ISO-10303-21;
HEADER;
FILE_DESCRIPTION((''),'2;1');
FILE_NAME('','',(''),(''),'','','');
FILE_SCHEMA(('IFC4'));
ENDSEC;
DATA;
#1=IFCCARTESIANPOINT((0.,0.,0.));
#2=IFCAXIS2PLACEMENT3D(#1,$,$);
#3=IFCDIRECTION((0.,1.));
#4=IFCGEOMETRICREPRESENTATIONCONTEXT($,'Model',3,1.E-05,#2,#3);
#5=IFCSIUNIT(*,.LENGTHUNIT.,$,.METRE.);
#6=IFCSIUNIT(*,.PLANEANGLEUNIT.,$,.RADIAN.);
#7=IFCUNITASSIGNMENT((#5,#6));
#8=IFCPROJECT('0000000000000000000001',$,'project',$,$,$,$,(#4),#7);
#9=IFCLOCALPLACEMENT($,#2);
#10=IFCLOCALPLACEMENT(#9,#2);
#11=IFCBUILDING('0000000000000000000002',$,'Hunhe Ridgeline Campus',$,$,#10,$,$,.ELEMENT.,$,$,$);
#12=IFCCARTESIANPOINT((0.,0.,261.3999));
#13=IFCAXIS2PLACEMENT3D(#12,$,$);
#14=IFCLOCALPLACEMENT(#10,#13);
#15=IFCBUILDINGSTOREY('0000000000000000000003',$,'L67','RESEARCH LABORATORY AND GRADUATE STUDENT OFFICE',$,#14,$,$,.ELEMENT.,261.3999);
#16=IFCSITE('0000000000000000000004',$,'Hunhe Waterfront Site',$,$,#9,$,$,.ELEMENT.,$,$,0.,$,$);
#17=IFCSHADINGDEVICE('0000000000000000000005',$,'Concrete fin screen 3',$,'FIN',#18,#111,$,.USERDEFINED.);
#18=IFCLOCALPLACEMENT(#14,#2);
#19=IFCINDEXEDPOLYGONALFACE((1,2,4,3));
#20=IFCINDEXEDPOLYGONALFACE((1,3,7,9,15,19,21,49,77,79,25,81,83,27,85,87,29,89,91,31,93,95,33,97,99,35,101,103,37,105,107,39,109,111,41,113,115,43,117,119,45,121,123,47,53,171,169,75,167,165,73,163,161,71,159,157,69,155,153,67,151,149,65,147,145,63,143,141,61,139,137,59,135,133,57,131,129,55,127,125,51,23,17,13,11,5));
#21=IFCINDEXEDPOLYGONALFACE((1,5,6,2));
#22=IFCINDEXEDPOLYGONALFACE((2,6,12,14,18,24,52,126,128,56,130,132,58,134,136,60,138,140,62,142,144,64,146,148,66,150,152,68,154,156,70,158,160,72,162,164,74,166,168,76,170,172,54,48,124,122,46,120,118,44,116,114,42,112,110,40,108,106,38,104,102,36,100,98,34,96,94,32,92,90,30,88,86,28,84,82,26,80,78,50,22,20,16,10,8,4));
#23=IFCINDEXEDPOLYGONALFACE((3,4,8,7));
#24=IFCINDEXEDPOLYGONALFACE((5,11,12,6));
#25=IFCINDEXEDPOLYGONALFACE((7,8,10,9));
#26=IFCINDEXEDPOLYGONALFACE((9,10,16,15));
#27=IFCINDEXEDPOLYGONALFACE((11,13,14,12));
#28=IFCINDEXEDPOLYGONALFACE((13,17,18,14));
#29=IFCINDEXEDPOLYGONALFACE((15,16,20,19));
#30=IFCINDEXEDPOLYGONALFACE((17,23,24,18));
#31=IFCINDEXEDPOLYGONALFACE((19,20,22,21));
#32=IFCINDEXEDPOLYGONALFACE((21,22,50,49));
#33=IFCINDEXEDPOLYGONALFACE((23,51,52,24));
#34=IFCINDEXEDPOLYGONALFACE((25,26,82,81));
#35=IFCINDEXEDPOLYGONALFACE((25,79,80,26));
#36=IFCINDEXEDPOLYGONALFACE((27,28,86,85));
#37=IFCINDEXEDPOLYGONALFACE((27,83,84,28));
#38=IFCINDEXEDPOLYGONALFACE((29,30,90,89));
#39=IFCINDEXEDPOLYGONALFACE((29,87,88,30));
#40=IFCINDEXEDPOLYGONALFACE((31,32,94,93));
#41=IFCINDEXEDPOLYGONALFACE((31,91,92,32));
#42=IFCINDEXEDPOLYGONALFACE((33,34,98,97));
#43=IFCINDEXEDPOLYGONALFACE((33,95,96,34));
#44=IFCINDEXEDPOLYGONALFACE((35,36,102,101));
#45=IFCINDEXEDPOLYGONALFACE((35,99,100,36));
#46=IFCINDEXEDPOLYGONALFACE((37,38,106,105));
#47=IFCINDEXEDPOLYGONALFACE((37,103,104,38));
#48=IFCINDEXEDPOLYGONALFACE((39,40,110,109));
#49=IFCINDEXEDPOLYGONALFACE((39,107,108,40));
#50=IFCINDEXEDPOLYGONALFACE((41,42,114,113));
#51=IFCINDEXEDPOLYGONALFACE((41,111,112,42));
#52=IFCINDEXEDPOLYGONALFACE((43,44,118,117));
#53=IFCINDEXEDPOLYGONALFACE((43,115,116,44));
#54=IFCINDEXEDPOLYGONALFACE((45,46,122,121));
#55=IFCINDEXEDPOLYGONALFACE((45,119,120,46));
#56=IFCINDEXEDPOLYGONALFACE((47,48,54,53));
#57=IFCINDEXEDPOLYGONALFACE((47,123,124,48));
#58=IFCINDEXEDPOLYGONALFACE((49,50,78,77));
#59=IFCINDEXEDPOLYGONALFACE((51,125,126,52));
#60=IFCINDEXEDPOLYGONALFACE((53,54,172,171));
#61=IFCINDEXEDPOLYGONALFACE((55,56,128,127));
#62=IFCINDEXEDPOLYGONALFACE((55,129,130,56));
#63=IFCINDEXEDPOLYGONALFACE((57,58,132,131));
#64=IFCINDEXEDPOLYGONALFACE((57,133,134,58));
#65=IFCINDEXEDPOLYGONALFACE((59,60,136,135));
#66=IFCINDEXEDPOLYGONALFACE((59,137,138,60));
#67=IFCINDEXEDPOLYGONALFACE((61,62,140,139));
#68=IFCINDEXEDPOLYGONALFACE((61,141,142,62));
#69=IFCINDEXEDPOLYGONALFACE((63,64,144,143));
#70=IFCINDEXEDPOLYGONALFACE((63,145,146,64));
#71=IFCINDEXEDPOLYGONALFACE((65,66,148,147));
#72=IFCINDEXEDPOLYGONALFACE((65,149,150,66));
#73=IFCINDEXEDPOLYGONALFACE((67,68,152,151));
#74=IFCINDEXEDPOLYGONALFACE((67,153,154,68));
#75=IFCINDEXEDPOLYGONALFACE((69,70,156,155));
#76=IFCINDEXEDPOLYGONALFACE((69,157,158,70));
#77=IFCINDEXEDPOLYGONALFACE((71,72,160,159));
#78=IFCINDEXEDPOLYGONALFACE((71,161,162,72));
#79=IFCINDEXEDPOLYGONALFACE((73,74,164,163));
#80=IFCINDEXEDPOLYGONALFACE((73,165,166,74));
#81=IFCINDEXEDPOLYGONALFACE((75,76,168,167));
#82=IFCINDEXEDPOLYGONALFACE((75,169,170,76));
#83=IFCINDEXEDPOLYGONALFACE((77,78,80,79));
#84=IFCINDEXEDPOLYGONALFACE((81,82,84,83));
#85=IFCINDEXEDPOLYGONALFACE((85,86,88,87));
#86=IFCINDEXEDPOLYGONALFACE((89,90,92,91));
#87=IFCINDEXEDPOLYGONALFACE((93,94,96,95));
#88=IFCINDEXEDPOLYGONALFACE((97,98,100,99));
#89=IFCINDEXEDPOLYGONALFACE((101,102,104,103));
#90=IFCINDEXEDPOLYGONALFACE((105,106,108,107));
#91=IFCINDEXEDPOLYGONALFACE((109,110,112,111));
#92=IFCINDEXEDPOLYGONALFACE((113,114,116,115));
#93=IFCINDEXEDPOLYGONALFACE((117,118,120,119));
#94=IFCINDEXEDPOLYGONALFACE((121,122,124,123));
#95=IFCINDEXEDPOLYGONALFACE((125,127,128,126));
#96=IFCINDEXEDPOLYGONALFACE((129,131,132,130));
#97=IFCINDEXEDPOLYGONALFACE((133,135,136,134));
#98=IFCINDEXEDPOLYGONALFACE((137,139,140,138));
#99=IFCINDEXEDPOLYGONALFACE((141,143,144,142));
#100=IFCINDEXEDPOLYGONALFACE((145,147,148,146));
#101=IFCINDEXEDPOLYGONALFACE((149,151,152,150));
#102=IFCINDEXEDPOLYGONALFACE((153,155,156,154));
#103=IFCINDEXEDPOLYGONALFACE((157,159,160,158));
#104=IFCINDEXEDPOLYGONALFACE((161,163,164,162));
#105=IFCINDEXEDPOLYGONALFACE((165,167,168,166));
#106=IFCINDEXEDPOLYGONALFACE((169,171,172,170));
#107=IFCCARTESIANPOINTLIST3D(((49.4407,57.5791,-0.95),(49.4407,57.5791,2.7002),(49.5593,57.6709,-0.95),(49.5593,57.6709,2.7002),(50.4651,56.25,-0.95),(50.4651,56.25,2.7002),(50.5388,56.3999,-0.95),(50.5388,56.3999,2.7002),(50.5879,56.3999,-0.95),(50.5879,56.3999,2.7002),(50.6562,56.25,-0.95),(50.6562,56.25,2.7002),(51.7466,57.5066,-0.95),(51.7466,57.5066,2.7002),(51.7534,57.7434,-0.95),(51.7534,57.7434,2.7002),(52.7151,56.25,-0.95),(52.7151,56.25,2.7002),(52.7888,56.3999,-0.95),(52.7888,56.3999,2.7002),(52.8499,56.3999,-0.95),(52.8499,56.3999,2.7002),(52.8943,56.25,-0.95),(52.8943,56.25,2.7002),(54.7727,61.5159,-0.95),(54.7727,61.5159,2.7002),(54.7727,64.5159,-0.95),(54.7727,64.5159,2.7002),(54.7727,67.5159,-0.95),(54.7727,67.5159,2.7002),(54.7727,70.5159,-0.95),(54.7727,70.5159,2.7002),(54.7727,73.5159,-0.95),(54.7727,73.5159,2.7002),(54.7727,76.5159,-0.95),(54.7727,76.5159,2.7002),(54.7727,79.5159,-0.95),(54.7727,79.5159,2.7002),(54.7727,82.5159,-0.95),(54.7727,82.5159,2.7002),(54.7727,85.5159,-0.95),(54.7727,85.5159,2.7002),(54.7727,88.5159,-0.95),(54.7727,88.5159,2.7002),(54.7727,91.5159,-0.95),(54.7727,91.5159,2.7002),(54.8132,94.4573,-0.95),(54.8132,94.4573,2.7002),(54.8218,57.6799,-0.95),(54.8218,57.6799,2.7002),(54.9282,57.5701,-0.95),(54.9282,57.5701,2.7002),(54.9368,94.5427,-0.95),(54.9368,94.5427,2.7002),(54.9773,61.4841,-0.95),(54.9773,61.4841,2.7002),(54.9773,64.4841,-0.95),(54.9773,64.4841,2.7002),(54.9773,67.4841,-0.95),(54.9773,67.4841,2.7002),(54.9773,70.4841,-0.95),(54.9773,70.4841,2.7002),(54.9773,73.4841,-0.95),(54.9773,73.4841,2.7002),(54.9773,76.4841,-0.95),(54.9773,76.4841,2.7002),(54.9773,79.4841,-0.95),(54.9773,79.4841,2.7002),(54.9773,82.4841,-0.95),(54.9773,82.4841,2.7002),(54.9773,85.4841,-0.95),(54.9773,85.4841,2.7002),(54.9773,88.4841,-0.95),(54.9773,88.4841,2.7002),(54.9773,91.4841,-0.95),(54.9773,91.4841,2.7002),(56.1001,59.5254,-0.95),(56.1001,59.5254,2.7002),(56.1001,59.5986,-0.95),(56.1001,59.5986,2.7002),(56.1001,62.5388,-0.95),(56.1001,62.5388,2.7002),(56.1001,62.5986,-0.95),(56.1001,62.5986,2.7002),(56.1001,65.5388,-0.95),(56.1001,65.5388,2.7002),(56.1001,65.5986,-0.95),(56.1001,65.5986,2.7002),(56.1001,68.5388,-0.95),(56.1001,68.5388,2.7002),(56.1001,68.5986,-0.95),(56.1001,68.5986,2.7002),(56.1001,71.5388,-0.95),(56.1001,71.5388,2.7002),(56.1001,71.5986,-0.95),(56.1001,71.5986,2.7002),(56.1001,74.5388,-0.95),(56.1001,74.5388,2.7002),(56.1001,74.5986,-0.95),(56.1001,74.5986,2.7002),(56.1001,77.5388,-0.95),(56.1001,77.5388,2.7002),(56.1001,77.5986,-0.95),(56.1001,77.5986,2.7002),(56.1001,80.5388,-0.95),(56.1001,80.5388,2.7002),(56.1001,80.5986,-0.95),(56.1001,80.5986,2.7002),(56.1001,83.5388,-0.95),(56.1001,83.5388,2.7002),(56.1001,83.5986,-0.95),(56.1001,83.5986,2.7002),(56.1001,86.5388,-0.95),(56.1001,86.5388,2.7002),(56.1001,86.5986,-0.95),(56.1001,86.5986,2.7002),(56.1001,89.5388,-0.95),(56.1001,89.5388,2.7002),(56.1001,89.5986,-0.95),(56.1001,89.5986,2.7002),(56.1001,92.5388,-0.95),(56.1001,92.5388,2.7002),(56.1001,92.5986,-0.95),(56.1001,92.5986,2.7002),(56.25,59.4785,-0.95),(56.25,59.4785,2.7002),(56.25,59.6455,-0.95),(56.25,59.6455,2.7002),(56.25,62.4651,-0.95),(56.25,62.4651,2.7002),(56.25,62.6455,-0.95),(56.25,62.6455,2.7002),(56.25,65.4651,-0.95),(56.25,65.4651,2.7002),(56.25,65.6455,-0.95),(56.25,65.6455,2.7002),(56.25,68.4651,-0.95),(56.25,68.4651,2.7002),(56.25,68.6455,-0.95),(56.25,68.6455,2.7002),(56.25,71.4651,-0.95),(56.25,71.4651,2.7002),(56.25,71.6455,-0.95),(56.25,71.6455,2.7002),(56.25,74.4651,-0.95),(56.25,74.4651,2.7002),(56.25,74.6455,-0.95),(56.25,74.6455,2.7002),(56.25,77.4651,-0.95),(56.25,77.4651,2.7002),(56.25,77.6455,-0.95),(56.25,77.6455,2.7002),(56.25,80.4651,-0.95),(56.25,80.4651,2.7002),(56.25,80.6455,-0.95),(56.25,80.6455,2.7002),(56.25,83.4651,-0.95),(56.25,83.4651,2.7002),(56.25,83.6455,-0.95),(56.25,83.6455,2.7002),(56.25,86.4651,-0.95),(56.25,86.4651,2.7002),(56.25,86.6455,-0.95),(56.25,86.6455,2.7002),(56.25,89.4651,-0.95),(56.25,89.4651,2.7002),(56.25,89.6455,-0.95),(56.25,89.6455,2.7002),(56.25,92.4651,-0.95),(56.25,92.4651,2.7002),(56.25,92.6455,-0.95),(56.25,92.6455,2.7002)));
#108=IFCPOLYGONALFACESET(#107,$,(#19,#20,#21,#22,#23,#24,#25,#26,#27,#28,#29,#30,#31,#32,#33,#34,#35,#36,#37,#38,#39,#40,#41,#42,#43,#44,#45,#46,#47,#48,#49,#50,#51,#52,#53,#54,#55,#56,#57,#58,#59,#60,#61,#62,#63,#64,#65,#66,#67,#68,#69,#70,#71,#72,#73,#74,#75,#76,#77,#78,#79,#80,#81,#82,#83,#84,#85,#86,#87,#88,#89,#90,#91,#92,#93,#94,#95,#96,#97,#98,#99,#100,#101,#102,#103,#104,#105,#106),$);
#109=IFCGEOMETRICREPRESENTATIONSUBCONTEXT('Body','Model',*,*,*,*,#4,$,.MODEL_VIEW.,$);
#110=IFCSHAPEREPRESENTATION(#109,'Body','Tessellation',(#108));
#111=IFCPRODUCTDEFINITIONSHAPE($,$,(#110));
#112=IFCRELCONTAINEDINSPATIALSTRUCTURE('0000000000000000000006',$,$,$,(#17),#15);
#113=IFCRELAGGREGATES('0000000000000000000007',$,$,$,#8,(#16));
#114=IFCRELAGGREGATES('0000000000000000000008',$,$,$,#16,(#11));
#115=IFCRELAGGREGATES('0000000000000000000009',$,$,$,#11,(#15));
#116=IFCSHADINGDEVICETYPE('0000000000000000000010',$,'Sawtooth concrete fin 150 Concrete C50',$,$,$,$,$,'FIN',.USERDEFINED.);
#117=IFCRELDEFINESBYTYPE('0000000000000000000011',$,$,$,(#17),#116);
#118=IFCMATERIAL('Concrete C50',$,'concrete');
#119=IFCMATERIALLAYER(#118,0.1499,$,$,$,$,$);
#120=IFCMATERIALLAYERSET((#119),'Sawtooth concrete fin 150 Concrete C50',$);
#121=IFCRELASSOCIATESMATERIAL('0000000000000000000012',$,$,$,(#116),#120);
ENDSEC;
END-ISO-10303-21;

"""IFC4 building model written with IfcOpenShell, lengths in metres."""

from ifc_helpers import new_model, si_unit, direction, frame, origin, place, context, subcontext, project, spatial, polyline, outline, extrude, material, layer, layer_set, type_object, element, save


model = new_model("IFC4")

# Units and contexts
model_context = context("Model", 3, precision=1e-05, world=origin(), true_north=direction((0.0, 1.0)))
body_context = subcontext(model_context, "Body", "Model", "MODEL_VIEW")
ifc_project = project(units=[si_unit("LENGTHUNIT", "METRE"), si_unit("PLANEANGLEUNIT", "RADIAN")], contexts=[model_context])

# Site, building, storey
site_placement = place(None, origin())
site = spatial("IfcSite", under=ifc_project, at=site_placement, Name="Hunhe Waterfront Site", CompositionType="ELEMENT", RefElevation=0.0)
building_placement = place(site_placement, origin())
building = spatial("IfcBuilding", under=site, at=building_placement, Name="Hunhe Ridgeline Campus", CompositionType="ELEMENT")
storey_placement = place(building_placement, frame((0.0, 0.0, 261.3999)))
storey = spatial("IfcBuildingStorey", under=building, at=storey_placement, Name="L67", Description="RESEARCH LABORATORY AND GRADUATE STUDENT OFFICE", CompositionType="ELEMENT", Elevation=261.3999)

# Shared definitions
ifc_material_1 = material(Name="Concrete C50", Category="concrete")

# Shading device
ifc_layer_1 = layer(ifc_material_1, 0.1499)
ifc_layer_set_1 = layer_set([ifc_layer_1], Name="Sawtooth concrete fin 150 Concrete C50")
shading_device_type = type_object("IfcShadingDeviceType", Name="Sawtooth concrete fin 150 Concrete C50", ElementType="FIN", PredefinedType="USERDEFINED", material=ifc_layer_set_1)
shading_device_1_placement = place(storey_placement, frame((0.0, 0.0, -0.95)))
element("IfcShadingDevice", 1, at=shading_device_1_placement, inside=storey, type_object=shading_device_type, Name="Concrete fin screen 3", ObjectType="FIN", PredefinedType="USERDEFINED", context=body_context, shape_type="SweptSolid", body=[
    extrude(outline(polyline([(49.5593, 57.6709), (49.4407, 57.5791), (50.4651, 56.25), (50.6562, 56.25), (51.7466, 57.5066), (52.7151, 56.25), (52.8943, 56.25), (54.9282, 57.5701), (56.25, 59.4785), (56.25, 59.6455), (54.9773, 61.4841), (56.25, 62.4651), (56.25, 62.6455), (54.9773, 64.4841), (56.25, 65.4651), (56.25, 65.6455), (54.9773, 67.4841), (56.25, 68.4651), (56.25, 68.6455), (54.9773, 70.4841), (56.25, 71.4651), (56.25, 71.6455), (54.9773, 73.4841), (56.25, 74.4651), (56.25, 74.6455), (54.9773, 76.4841), (56.25, 77.4651), (56.25, 77.6455), (54.9773, 79.4841), (56.25, 80.4651), (56.25, 80.6455), (54.9773, 82.4841), (56.25, 83.4651), (56.25, 83.6455), (54.9773, 85.4841), (56.25, 86.4651), (56.25, 86.6455), (54.9773, 88.4841), (56.25, 89.4651), (56.25, 89.6455), (54.9773, 91.4841), (56.25, 92.4651), (56.25, 92.6455), (54.9368, 94.5427), (54.8132, 94.4573), (56.1001, 92.5986), (56.1001, 92.5388), (54.7727, 91.5159), (56.1001, 89.5986), (56.1001, 89.5388), (54.7727, 88.5159), (56.1001, 86.5986), (56.1001, 86.5388), (54.7727, 85.5159), (56.1001, 83.5986), (56.1001, 83.5388), (54.7727, 82.5159), (56.1001, 80.5986), (56.1001, 80.5388), (54.7727, 79.5159), (56.1001, 77.5986), (56.1001, 77.5388), (54.7727, 76.5159), (56.1001, 74.5986), (56.1001, 74.5388), (54.7727, 73.5159), (56.1001, 71.5986), (56.1001, 71.5388), (54.7727, 70.5159), (56.1001, 68.5986), (56.1001, 68.5388), (54.7727, 67.5159), (56.1001, 65.5986), (56.1001, 65.5388), (54.7727, 64.5159), (56.1001, 62.5986), (56.1001, 62.5388), (54.7727, 61.5159), (56.1001, 59.5986), (56.1001, 59.5254), (54.8218, 57.6799), (52.8499, 56.3999), (52.7888, 56.3999), (51.7534, 57.7434), (50.5879, 56.3999), (50.5388, 56.3999), (49.5593, 57.6709)])), origin(), (0.0, 0.0, 1.0), 3.6501),
])

save(model, "model.ifc")
